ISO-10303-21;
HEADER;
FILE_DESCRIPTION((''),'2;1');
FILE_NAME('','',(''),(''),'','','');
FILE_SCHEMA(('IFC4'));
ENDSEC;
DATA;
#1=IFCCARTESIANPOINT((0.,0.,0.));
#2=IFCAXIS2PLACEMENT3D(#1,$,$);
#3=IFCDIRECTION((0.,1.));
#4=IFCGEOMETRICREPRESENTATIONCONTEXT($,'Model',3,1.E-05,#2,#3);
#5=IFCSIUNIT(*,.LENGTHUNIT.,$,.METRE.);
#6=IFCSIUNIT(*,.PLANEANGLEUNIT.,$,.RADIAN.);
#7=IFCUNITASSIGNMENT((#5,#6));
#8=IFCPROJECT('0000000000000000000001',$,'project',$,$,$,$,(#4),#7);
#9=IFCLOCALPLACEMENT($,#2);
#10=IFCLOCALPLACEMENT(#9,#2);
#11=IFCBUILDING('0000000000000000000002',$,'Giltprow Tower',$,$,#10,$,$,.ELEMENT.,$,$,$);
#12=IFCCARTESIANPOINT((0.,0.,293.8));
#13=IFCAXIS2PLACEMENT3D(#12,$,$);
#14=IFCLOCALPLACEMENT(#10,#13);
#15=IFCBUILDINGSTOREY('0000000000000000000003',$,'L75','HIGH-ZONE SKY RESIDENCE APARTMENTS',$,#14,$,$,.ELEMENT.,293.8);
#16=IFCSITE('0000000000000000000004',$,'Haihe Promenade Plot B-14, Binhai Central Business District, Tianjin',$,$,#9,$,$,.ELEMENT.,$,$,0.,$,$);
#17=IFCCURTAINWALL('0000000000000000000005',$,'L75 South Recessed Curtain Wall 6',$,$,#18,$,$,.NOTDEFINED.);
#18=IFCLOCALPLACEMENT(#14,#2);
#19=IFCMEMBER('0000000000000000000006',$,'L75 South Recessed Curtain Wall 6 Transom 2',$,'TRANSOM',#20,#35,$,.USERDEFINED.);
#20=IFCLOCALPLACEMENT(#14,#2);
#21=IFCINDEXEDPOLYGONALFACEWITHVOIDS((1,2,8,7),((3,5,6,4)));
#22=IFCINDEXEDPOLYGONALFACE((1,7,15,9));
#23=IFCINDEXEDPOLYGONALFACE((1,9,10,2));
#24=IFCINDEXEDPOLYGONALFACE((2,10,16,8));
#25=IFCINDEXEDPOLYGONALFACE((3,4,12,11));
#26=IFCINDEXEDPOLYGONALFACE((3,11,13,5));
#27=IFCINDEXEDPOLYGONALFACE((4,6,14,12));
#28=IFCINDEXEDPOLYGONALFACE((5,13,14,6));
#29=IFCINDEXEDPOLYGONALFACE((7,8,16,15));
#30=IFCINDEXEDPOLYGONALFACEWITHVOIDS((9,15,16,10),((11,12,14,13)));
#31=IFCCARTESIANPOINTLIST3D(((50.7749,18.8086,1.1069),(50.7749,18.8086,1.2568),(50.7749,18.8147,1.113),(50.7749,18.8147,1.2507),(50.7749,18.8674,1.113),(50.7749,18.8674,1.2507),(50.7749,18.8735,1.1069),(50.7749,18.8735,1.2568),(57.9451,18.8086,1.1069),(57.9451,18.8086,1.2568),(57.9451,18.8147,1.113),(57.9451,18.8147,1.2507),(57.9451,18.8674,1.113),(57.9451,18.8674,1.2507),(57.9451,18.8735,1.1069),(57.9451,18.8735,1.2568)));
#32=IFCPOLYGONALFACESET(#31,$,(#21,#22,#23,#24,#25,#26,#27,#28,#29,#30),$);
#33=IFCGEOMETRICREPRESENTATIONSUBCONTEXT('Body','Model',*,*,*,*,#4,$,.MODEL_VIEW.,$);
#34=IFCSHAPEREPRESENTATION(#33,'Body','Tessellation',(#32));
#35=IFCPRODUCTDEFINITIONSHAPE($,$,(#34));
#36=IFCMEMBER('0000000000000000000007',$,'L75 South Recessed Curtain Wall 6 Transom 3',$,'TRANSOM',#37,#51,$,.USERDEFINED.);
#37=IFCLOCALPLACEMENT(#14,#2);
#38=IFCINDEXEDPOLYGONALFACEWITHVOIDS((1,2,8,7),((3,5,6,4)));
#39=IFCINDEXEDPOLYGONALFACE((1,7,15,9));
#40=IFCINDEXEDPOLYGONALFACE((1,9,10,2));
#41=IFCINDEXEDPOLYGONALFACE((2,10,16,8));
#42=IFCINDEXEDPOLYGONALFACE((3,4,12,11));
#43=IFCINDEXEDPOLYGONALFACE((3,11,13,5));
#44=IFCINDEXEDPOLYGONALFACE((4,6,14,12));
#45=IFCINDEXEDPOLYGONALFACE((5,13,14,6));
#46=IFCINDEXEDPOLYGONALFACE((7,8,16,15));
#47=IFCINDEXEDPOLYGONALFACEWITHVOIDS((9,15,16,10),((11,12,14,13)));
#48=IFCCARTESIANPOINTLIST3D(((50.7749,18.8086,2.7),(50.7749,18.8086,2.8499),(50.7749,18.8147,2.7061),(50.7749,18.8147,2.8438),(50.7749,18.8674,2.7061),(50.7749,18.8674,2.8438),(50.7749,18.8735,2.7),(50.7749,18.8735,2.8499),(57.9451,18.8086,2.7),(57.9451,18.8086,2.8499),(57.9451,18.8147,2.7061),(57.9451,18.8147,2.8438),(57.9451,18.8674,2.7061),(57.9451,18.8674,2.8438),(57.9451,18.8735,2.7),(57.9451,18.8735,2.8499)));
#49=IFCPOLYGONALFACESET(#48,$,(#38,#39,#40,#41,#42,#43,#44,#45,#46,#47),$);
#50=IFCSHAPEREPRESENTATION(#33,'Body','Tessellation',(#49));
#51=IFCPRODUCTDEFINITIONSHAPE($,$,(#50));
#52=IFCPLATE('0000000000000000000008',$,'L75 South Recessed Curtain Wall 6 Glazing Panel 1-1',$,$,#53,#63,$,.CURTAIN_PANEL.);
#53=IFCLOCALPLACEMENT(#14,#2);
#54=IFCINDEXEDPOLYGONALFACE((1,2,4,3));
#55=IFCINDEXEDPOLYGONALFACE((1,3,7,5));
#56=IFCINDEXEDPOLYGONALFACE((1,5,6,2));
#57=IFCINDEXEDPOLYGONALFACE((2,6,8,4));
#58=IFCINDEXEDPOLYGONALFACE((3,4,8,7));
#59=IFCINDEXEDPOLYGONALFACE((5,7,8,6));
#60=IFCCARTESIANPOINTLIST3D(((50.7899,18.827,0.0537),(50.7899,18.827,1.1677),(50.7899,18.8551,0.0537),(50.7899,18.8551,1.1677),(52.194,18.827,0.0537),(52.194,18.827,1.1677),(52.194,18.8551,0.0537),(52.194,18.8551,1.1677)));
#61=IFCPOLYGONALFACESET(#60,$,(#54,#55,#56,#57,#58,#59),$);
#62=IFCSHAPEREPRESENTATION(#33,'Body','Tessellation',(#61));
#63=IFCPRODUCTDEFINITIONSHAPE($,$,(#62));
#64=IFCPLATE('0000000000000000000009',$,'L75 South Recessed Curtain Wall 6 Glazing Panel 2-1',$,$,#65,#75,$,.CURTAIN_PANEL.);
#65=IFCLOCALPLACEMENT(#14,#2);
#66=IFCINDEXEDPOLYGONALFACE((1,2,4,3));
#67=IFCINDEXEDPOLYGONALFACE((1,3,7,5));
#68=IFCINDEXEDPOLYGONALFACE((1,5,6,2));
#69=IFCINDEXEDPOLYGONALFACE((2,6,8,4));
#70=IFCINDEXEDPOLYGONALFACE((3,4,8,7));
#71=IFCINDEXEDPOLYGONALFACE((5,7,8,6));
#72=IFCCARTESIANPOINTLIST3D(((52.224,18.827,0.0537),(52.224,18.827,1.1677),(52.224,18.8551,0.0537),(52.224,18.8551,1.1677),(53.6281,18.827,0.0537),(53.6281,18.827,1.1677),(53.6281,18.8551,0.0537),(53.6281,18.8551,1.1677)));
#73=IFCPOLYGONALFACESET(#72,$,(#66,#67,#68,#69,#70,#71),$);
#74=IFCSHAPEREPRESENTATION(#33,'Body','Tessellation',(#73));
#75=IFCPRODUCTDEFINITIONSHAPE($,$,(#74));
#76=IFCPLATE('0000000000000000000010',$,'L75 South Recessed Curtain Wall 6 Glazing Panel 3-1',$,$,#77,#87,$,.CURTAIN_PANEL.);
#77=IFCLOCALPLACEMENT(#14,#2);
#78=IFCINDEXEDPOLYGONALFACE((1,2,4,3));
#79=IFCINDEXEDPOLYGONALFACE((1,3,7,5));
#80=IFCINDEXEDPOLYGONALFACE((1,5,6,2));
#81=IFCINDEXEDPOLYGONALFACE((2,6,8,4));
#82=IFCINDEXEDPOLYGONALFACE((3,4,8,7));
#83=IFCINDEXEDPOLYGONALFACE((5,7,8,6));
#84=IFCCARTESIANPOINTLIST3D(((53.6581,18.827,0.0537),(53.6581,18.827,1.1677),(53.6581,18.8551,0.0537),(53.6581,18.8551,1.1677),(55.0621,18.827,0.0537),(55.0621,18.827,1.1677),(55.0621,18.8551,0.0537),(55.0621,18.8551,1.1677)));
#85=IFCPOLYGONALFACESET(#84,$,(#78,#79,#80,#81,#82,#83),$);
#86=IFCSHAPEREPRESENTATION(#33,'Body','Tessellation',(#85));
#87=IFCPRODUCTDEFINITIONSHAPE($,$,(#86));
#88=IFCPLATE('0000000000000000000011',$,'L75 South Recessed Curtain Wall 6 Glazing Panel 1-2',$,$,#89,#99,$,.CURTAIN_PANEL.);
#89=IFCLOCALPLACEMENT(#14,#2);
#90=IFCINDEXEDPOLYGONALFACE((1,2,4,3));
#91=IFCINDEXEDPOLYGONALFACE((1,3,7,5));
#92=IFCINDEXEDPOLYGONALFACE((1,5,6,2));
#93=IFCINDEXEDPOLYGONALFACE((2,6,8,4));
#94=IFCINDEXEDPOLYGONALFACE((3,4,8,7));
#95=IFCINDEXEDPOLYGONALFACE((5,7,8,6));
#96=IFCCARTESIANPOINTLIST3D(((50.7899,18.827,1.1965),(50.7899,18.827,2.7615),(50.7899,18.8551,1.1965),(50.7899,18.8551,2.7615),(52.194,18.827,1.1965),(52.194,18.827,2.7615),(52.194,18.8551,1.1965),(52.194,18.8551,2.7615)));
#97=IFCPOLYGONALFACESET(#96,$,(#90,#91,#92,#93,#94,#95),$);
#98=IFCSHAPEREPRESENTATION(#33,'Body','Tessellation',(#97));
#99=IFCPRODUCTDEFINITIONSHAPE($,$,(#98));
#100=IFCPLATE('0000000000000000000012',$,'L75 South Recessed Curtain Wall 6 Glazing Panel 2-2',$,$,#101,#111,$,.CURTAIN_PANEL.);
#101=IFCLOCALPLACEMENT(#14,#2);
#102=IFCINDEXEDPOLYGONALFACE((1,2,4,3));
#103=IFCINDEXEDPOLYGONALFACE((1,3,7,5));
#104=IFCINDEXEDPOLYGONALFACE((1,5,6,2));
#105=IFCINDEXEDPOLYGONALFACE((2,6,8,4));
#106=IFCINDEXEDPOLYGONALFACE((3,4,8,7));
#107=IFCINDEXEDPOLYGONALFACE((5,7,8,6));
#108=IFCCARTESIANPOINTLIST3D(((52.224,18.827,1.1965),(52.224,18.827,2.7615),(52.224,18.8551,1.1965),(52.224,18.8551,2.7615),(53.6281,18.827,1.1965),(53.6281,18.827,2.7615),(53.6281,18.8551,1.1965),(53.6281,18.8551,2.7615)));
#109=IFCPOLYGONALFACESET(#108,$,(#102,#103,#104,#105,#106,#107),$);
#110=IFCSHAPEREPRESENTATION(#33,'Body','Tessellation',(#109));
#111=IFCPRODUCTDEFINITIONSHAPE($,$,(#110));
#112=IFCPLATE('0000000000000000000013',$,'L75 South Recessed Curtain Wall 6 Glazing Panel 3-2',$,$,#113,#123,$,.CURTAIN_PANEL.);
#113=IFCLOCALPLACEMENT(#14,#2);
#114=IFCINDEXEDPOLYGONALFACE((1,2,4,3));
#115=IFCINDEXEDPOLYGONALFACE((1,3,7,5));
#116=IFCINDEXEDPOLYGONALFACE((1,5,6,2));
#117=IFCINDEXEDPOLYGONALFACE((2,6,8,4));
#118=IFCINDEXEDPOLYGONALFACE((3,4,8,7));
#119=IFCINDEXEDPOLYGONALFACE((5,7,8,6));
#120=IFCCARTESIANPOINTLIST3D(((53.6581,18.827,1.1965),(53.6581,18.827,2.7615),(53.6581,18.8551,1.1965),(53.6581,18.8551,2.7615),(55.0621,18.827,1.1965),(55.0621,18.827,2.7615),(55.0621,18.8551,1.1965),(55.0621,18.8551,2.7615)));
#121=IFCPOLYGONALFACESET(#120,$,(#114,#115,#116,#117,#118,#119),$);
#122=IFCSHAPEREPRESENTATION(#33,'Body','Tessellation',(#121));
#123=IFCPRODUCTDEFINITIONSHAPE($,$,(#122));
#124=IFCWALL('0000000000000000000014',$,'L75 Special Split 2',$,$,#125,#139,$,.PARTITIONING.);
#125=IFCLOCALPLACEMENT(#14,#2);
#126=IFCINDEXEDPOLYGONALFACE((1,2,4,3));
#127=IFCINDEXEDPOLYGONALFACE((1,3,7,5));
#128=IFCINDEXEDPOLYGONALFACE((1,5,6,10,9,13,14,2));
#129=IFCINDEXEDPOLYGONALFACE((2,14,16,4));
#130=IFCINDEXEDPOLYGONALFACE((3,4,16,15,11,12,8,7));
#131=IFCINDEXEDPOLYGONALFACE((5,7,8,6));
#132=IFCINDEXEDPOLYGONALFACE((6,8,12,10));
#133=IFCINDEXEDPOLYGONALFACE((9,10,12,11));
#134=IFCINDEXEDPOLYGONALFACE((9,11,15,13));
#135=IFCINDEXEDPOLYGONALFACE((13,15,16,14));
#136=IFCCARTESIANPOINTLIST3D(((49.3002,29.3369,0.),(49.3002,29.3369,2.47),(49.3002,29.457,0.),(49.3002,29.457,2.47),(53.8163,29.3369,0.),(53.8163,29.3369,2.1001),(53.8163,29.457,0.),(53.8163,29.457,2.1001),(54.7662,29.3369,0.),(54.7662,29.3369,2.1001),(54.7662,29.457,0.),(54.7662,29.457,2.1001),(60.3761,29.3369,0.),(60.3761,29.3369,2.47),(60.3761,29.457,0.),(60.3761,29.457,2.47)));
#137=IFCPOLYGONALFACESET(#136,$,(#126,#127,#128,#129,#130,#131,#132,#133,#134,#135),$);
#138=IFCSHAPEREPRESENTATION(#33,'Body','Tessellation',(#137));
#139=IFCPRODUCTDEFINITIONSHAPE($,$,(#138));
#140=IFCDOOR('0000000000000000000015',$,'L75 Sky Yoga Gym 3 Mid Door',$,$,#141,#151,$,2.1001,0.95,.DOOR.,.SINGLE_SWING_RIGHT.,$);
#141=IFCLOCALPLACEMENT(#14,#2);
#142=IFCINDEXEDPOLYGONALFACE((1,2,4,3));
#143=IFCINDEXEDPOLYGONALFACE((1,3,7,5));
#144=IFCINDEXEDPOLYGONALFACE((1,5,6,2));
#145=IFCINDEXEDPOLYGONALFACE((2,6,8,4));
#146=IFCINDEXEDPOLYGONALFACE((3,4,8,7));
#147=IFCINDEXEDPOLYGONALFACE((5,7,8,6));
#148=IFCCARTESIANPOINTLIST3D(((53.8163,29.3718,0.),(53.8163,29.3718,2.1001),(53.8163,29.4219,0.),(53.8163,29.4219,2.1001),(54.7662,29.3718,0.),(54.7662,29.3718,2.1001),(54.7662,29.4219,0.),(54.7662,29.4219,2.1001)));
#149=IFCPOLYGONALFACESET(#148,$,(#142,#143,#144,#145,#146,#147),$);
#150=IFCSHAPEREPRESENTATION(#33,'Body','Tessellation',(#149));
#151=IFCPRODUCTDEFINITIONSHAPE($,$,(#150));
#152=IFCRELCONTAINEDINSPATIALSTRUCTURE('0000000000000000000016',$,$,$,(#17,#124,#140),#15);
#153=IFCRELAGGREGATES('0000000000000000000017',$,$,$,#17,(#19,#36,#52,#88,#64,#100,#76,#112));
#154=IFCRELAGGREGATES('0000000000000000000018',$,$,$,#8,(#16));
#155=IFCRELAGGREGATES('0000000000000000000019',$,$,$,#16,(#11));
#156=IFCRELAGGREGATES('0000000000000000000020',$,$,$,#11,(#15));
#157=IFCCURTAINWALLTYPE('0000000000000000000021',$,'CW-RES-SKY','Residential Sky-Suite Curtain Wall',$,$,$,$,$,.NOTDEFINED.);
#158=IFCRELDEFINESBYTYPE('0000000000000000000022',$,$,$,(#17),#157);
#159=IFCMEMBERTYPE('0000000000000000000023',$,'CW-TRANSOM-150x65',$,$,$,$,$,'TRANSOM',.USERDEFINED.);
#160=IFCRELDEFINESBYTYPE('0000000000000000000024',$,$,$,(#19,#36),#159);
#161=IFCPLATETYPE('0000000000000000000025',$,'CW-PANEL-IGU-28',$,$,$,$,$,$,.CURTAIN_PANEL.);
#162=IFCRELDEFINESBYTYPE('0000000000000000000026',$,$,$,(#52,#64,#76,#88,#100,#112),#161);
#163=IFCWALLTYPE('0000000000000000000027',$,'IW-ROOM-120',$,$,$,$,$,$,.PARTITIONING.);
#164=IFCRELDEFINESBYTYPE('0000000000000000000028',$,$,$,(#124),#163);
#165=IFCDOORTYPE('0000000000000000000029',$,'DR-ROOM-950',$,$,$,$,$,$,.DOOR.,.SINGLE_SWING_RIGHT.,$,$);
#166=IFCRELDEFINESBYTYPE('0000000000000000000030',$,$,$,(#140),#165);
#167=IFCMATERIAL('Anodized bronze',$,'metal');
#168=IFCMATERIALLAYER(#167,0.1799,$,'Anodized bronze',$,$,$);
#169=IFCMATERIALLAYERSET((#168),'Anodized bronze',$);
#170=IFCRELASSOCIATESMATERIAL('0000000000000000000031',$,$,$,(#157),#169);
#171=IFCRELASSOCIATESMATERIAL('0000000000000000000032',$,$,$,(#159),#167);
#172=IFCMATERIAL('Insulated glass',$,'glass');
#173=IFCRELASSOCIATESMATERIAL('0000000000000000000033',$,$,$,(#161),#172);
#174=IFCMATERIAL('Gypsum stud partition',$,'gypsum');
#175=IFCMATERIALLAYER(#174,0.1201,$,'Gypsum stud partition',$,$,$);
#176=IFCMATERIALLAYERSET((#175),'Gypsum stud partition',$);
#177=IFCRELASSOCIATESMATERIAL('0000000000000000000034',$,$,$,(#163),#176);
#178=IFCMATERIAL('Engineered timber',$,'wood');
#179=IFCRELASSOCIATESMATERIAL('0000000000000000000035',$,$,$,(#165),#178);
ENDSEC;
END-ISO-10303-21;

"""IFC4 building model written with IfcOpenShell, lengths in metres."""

from ifc_helpers import new_model, si_unit, direction, frame, frame_2d, origin, origin_2d, place, context, subcontext, project, spatial, rectangle, hollow_rectangle, extrude, source, transform, mapped, material, layer, layer_set, material_profile, profile_set, type_object, element, fill, aggregate, save


model = new_model("IFC4")

# Units and contexts
model_context = context("Model", 3, precision=1e-05, world=origin(), true_north=direction((0.0, 1.0)))
body_context = subcontext(model_context, "Body", "Model", "MODEL_VIEW")
ifc_project = project(units=[si_unit("LENGTHUNIT", "METRE"), si_unit("PLANEANGLEUNIT", "RADIAN")], contexts=[model_context])

# Site, building, storey
site_placement = place(None, origin())
site = spatial("IfcSite", under=ifc_project, at=site_placement, Name="Haihe Promenade Plot B-14, Binhai Central Business District, Tianjin", CompositionType="ELEMENT", RefElevation=0.0)
building_placement = place(site_placement, origin())
building = spatial("IfcBuilding", under=site, at=building_placement, Name="Giltprow Tower", CompositionType="ELEMENT")
storey_placement = place(building_placement, frame((0.0, 0.0, 293.8)))
storey = spatial("IfcBuildingStorey", under=building, at=storey_placement, Name="L75", Description="HIGH-ZONE SKY RESIDENCE APARTMENTS", CompositionType="ELEMENT", Elevation=293.8)

# Curtain wall, members, plates
ifc_material_1 = material(Name="Anodized bronze", Category="metal")
ifc_layer_1 = layer(ifc_material_1, 0.1799, Name="Anodized bronze")
ifc_layer_set_1 = layer_set([ifc_layer_1], Name="Anodized bronze")
curtain_wall_type = type_object("IfcCurtainWallType", Name="CW-RES-SKY", Description="Residential Sky-Suite Curtain Wall", PredefinedType="NOTDEFINED", material=ifc_layer_set_1)
curtain_wall_placement = place(storey_placement, origin())
curtain_wall = element("IfcCurtainWall", 1, at=curtain_wall_placement, inside=storey, type_object=curtain_wall_type, Name="L75 South Recessed Curtain Wall 6", PredefinedType="NOTDEFINED")
ifc_material_profile_1 = material_profile(ifc_material_1, hollow_rectangle(XDim=0.0649, YDim=0.1499, WallThickness=0.0061, at=origin_2d()), Name="RHS 150x65x6")
ifc_profile_set_1 = profile_set([ifc_material_profile_1], Name="Anodized bronze")
member_type_1 = type_object("IfcMemberType", Name="CW-TRANSOM-150x65", ElementType="TRANSOM", PredefinedType="USERDEFINED", material=ifc_profile_set_1)
shared_shape_1 = source(origin(), body_context, "Body", "SweptSolid", [
    extrude(hollow_rectangle(XDim=0.0649, YDim=0.1499, WallThickness=0.0061, at=origin_2d()), origin(), (0.0, 0.0, 1.0), 7.1702),
])
member_1_placement = place(storey_placement, frame((50.7749, 18.8411, 1.1819), z_axis=(1.0, 0.0, 0.0), x_axis=(0.0, 1.0, 0.0)))
member_1 = element("IfcMember", 2, at=member_1_placement, type_object=member_type_1, Name="L75 South Recessed Curtain Wall 6 Transom 2", ObjectType="TRANSOM", PredefinedType="USERDEFINED", context=body_context, shape_type="MappedRepresentation", body=[
    mapped(shared_shape_1, transform((0.0, 0.0, 0.0), x_axis=(1.0, 0.0, 0.0), y_axis=(0.0, 1.0, 0.0), z_axis=(0.0, 0.0, 1.0), scale=1.0)),
])
member_2_placement = place(storey_placement, frame((50.7749, 18.8411, 2.7749), z_axis=(1.0, 0.0, 0.0), x_axis=(0.0, 1.0, 0.0)))
member_2 = element("IfcMember", 3, at=member_2_placement, type_object=member_type_1, Name="L75 South Recessed Curtain Wall 6 Transom 3", ObjectType="TRANSOM", PredefinedType="USERDEFINED", context=body_context, shape_type="MappedRepresentation", body=[
    mapped(shared_shape_1, transform((0.0, 0.0, 0.0), x_axis=(1.0, 0.0, 0.0), y_axis=(0.0, 1.0, 0.0), z_axis=(0.0, 0.0, 1.0), scale=1.0)),
])
ifc_material_2 = material(Name="Insulated glass", Category="glass")
plate_type = type_object("IfcPlateType", Name="CW-PANEL-IGU-28", PredefinedType="CURTAIN_PANEL", material=ifc_material_2)
shared_shape_2 = source(origin(), body_context, "Body", "SweptSolid", [
    extrude(rectangle(XDim=1.4041, YDim=0.0281, at=origin_2d()), origin(), (0.0, 0.0, 1.0), 1.114),
])
plate_1_placement = place(storey_placement, frame((51.4919, 18.8411, 0.0537), z_axis=(0.0, 0.0, 1.0), x_axis=(1.0, 0.0, 0.0)))
plate_1 = element("IfcPlate", 4, at=plate_1_placement, type_object=plate_type, Name="L75 South Recessed Curtain Wall 6 Glazing Panel 1-1", PredefinedType="CURTAIN_PANEL", context=body_context, shape_type="MappedRepresentation", body=[
    mapped(shared_shape_2, transform((0.0, 0.0, 0.0), x_axis=(1.0, 0.0, 0.0), y_axis=(0.0, 1.0, 0.0), z_axis=(0.0, 0.0, 1.0), scale=1.0)),
])
plate_2_placement = place(storey_placement, frame((52.926, 18.8411, 0.0537), z_axis=(0.0, 0.0, 1.0), x_axis=(1.0, 0.0, 0.0)))
plate_2 = element("IfcPlate", 5, at=plate_2_placement, type_object=plate_type, Name="L75 South Recessed Curtain Wall 6 Glazing Panel 2-1", PredefinedType="CURTAIN_PANEL", context=body_context, shape_type="MappedRepresentation", body=[
    mapped(shared_shape_2, transform((0.0, 0.0, 0.0), x_axis=(1.0, 0.0, 0.0), y_axis=(0.0, 1.0, 0.0), z_axis=(0.0, 0.0, 1.0), scale=1.0)),
])
plate_3_placement = place(storey_placement, frame((54.3601, 18.8411, 0.0537), z_axis=(0.0, 0.0, 1.0), x_axis=(1.0, 0.0, 0.0)))
plate_3 = element("IfcPlate", 6, at=plate_3_placement, type_object=plate_type, Name="L75 South Recessed Curtain Wall 6 Glazing Panel 3-1", PredefinedType="CURTAIN_PANEL", context=body_context, shape_type="MappedRepresentation", body=[
    mapped(shared_shape_2, transform((0.0, 0.0, 0.0), x_axis=(1.0, 0.0, 0.0), y_axis=(0.0, 1.0, 0.0), z_axis=(0.0, 0.0, 1.0), scale=1.0)),
])
shared_shape_3 = source(origin(), body_context, "Body", "SweptSolid", [
    extrude(rectangle(XDim=1.4041, YDim=0.0281, at=origin_2d()), origin(), (0.0, 0.0, 1.0), 1.5649),
])
plate_4_placement = place(storey_placement, frame((51.4919, 18.8411, 1.1965), z_axis=(0.0, 0.0, 1.0), x_axis=(1.0, 0.0, 0.0)))
plate_4 = element("IfcPlate", 7, at=plate_4_placement, type_object=plate_type, Name="L75 South Recessed Curtain Wall 6 Glazing Panel 1-2", PredefinedType="CURTAIN_PANEL", context=body_context, shape_type="MappedRepresentation", body=[
    mapped(shared_shape_3, transform((0.0, 0.0, 0.0), x_axis=(1.0, 0.0, 0.0), y_axis=(0.0, 1.0, 0.0), z_axis=(0.0, 0.0, 1.0), scale=1.0)),
])
plate_5_placement = place(storey_placement, frame((52.926, 18.8411, 1.1965), z_axis=(0.0, 0.0, 1.0), x_axis=(1.0, 0.0, 0.0)))
plate_5 = element("IfcPlate", 8, at=plate_5_placement, type_object=plate_type, Name="L75 South Recessed Curtain Wall 6 Glazing Panel 2-2", PredefinedType="CURTAIN_PANEL", context=body_context, shape_type="MappedRepresentation", body=[
    mapped(shared_shape_3, transform((0.0, 0.0, 0.0), x_axis=(1.0, 0.0, 0.0), y_axis=(0.0, 1.0, 0.0), z_axis=(0.0, 0.0, 1.0), scale=1.0)),
])
plate_6_placement = place(storey_placement, frame((54.3601, 18.8411, 1.1965), z_axis=(0.0, 0.0, 1.0), x_axis=(1.0, 0.0, 0.0)))
plate_6 = element("IfcPlate", 9, at=plate_6_placement, type_object=plate_type, Name="L75 South Recessed Curtain Wall 6 Glazing Panel 3-2", PredefinedType="CURTAIN_PANEL", context=body_context, shape_type="MappedRepresentation", body=[
    mapped(shared_shape_3, transform((0.0, 0.0, 0.0), x_axis=(1.0, 0.0, 0.0), y_axis=(0.0, 1.0, 0.0), z_axis=(0.0, 0.0, 1.0), scale=1.0)),
])
aggregate(curtain_wall, [member_1, member_2, plate_1, plate_4, plate_2, plate_5, plate_3, plate_6])

# Wall, opening, door
ifc_material_3 = material(Name="Gypsum stud partition", Category="gypsum")
ifc_layer_2 = layer(ifc_material_3, 0.1201, Name="Gypsum stud partition")
ifc_layer_set_2 = layer_set([ifc_layer_2], Name="Gypsum stud partition")
wall_type = type_object("IfcWallType", Name="IW-ROOM-120", PredefinedType="PARTITIONING", material=ifc_layer_set_2)
wall_placement = place(storey_placement, frame((49.3, 29.397, 0.0), z_axis=(0.0, 0.0, 1.0), x_axis=(1.0, 0.0, 0.0)))
wall = element("IfcWall", 10, at=wall_placement, inside=storey, type_object=wall_type, Name="L75 Special Split 2", PredefinedType="PARTITIONING", context=body_context, shape_type="SweptSolid", body=[
    extrude(rectangle(XDim=11.0759, YDim=0.1201, at=frame_2d((5.5381, 0.0))), origin(), (0.0, 0.0, 1.0), 2.47),
])
opening_placement = place(wall_placement, frame((4.5161, 0.0, 0.0)))
opening = element("IfcOpeningElement", 11, at=opening_placement, cuts=wall, PredefinedType="OPENING", context=body_context, shape_type="SweptSolid", body=[
    extrude(rectangle(XDim=0.95, YDim=2.1001, at=frame_2d((0.4751, 1.05))), frame((0.0, 0.0701, 0.0), z_axis=(0.0, -1.0, 0.0), x_axis=(1.0, 0.0, 0.0)), (0.0, 0.0, 1.0), 0.1401),
])
ifc_material_4 = material(Name="Engineered timber", Category="wood")
door_type = type_object("IfcDoorType", Name="DR-ROOM-950", OperationType="SINGLE_SWING_RIGHT", PredefinedType="DOOR", material=ifc_material_4)
shared_shape_4 = source(origin(), body_context, "Body", "SweptSolid", [
    extrude(rectangle(XDim=0.95, YDim=2.1001, at=frame_2d((0.4751, 1.05))), frame((0.0, 0.0249, 0.0), z_axis=(0.0, -1.0, 0.0), x_axis=(1.0, 0.0, 0.0)), (0.0, 0.0, 1.0), 0.05),
])
door_placement = place(opening_placement, origin())
door = element("IfcDoor", 12, at=door_placement, inside=storey, type_object=door_type, Name="L75 Sky Yoga Gym 3 Mid Door", OperationType="SINGLE_SWING_RIGHT", OverallHeight=2.1001, OverallWidth=0.95, PredefinedType="DOOR", context=body_context, shape_type="MappedRepresentation", body=[
    mapped(shared_shape_4, transform((0.0, 0.0, 0.0), x_axis=(1.0, 0.0, 0.0), y_axis=(0.0, 1.0, 0.0), z_axis=(0.0, 0.0, 1.0), scale=1.0)),
])
fill(opening, door)

save(model, "model.ifc")
